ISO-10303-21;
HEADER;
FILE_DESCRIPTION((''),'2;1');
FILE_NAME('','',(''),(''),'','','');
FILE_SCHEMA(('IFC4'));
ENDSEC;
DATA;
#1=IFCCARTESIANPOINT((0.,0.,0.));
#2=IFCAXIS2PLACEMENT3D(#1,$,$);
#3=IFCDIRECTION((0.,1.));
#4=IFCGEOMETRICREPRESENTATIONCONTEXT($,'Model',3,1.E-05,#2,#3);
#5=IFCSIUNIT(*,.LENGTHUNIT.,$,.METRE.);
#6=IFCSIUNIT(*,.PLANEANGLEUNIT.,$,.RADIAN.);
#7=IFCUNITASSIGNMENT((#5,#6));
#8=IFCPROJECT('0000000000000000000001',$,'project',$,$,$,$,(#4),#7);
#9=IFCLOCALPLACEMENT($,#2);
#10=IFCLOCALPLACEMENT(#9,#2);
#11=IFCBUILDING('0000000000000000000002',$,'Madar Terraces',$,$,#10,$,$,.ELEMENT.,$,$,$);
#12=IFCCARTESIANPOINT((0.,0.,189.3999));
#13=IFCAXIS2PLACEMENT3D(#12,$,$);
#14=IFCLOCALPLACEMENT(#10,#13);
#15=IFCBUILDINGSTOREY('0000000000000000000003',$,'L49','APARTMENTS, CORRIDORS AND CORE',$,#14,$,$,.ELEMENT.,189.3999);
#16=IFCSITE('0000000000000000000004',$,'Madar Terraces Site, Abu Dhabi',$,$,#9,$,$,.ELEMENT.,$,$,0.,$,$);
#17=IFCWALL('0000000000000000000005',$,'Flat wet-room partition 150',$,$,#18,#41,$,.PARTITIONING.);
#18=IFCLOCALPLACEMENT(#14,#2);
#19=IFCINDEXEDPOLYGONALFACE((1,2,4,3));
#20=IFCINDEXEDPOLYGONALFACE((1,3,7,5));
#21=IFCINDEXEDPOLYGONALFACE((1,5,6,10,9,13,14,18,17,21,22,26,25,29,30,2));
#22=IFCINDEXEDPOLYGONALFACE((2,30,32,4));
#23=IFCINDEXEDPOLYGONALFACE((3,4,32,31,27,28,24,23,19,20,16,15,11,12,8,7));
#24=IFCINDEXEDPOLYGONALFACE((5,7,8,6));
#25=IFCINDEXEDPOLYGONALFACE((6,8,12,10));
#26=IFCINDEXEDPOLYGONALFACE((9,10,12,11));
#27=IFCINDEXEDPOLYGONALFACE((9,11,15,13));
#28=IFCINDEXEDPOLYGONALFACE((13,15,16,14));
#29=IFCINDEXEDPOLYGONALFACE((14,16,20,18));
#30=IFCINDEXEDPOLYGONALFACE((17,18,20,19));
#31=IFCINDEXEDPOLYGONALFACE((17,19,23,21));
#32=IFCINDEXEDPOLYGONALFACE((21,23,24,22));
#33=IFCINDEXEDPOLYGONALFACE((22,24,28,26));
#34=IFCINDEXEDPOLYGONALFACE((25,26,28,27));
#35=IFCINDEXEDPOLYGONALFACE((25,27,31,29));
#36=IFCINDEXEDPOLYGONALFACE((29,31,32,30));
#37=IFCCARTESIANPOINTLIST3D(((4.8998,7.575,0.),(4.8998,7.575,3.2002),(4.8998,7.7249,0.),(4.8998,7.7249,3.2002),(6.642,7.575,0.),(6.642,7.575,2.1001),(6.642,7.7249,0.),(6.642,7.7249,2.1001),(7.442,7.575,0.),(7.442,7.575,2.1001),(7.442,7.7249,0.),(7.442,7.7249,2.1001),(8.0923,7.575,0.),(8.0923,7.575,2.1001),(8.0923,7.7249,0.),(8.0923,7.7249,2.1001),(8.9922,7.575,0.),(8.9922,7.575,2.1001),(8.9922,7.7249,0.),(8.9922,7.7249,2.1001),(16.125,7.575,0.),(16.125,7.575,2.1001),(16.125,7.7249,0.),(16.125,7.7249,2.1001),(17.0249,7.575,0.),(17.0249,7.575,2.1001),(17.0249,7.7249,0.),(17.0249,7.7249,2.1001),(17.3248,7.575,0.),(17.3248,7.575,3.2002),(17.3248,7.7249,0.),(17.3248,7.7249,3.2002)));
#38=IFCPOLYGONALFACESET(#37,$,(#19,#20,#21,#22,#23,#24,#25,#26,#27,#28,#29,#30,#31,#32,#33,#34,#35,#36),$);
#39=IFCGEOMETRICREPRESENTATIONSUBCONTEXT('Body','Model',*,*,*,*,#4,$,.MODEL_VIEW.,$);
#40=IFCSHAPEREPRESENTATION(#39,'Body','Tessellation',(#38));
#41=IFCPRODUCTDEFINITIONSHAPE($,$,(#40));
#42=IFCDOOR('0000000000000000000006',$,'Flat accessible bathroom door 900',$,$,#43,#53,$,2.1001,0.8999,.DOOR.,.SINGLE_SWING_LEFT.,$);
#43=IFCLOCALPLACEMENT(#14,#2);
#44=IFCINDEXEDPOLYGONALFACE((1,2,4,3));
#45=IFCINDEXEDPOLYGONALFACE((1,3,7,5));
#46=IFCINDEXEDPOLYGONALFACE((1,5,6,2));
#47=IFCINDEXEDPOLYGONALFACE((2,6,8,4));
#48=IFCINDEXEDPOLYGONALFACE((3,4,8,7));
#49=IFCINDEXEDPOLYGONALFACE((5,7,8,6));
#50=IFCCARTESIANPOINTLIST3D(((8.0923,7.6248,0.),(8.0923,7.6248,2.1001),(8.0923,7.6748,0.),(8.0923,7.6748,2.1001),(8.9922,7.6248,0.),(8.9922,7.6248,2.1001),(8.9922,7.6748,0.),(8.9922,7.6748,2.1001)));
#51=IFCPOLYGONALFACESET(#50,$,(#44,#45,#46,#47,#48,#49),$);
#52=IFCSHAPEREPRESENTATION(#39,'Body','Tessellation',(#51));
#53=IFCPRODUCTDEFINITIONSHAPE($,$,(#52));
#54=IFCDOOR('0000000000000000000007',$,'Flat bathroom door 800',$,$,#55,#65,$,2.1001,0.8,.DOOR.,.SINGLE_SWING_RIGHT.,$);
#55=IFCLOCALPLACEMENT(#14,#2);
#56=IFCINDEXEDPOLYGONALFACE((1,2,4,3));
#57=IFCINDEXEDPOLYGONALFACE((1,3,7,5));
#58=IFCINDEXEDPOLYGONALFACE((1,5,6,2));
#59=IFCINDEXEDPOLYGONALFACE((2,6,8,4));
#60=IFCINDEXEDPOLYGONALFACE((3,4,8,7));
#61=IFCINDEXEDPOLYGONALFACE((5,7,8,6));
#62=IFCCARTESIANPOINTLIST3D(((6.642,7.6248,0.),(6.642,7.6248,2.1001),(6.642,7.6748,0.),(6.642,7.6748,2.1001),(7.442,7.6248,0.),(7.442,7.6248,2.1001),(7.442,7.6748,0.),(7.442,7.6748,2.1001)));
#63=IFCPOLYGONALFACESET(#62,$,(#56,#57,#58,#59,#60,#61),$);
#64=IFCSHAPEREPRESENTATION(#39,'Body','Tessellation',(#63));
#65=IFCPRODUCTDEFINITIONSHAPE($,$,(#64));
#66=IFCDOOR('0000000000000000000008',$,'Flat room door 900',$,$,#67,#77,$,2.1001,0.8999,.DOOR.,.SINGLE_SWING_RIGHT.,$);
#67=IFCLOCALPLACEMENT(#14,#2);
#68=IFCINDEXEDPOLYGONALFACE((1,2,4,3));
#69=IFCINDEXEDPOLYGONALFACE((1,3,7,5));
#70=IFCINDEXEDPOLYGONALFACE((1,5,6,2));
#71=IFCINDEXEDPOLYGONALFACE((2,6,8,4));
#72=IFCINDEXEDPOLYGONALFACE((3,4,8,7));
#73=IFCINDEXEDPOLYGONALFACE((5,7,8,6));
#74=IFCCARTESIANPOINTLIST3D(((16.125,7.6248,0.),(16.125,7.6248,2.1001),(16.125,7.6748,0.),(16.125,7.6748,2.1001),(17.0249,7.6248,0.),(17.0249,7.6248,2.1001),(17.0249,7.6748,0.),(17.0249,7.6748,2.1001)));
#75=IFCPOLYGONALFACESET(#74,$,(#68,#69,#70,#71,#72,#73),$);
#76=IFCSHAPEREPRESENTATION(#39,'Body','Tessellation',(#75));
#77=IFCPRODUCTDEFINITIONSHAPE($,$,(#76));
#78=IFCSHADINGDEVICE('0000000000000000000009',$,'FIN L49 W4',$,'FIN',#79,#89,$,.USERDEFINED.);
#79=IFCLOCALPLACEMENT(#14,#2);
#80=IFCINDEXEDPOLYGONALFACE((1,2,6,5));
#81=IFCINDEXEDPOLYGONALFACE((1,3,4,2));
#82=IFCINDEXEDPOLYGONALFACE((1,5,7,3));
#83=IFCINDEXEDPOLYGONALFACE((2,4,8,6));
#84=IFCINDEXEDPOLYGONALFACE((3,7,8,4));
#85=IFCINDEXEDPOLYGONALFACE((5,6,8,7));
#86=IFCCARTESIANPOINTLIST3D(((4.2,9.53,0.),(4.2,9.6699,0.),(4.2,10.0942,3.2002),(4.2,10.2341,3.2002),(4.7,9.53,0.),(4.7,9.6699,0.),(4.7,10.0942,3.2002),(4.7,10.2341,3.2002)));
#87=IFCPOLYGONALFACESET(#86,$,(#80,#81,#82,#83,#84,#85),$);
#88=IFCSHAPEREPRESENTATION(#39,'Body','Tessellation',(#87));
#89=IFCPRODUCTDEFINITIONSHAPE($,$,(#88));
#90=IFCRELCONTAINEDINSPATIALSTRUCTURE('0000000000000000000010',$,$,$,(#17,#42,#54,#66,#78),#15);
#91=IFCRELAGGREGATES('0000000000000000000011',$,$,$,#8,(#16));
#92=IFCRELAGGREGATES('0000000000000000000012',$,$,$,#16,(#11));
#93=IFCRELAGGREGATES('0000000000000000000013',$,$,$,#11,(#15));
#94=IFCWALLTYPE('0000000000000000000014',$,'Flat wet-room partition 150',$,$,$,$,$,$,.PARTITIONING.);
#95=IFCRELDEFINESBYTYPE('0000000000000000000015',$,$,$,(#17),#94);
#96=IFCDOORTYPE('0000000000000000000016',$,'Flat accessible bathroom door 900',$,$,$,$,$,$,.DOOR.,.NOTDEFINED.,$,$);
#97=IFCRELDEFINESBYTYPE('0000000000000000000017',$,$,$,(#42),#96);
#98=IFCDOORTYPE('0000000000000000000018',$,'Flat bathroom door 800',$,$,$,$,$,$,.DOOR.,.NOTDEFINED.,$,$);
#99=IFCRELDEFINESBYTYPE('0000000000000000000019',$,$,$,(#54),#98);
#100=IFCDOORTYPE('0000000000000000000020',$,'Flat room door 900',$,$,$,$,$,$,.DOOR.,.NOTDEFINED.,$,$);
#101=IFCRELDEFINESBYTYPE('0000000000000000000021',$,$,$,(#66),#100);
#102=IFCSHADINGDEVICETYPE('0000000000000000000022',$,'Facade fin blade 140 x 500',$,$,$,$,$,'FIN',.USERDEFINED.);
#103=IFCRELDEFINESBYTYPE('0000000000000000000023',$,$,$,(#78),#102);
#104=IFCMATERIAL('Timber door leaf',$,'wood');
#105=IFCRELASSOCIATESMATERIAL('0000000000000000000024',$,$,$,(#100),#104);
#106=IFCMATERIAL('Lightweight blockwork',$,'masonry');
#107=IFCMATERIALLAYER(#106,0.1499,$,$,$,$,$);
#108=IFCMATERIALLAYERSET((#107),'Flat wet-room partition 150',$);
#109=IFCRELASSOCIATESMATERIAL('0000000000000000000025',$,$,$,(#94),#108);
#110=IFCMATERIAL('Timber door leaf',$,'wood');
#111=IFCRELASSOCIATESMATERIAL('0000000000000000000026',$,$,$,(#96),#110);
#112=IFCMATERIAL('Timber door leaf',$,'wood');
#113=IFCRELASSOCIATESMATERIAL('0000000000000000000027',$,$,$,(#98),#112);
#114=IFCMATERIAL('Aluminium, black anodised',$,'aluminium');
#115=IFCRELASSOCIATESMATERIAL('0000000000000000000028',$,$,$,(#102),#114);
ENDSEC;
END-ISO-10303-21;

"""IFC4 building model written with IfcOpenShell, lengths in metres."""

from ifc_helpers import new_model, si_unit, direction, frame, frame_2d, origin, place, context, subcontext, project, spatial, polyline, rectangle, outline, extrude, material, layer, layer_set, type_object, element, fill, save


model = new_model("IFC4")

# Units and contexts
model_context = context("Model", 3, precision=1e-05, world=origin(), true_north=direction((0.0, 1.0)))
body_context = subcontext(model_context, "Body", "Model", "MODEL_VIEW")
ifc_project = project(units=[si_unit("LENGTHUNIT", "METRE"), si_unit("PLANEANGLEUNIT", "RADIAN")], contexts=[model_context])

# Site, building, storey
site_placement = place(None, origin())
site = spatial("IfcSite", under=ifc_project, at=site_placement, Name="Madar Terraces Site, Abu Dhabi", CompositionType="ELEMENT", RefElevation=0.0)
building_placement = place(site_placement, origin())
building = spatial("IfcBuilding", under=site, at=building_placement, Name="Madar Terraces", CompositionType="ELEMENT")
storey_placement = place(building_placement, frame((0.0, 0.0, 189.3999)))
storey = spatial("IfcBuildingStorey", under=building, at=storey_placement, Name="L49", Description="APARTMENTS, CORRIDORS AND CORE", CompositionType="ELEMENT", Elevation=189.3999)

# Shared definitions
ifc_material_1 = material(Name="Timber door leaf", Category="wood")
door_type_1 = type_object("IfcDoorType", Name="Flat room door 900", OperationType="NOTDEFINED", PredefinedType="DOOR", material=ifc_material_1)

# Shared definitions
ifc_material_2 = material(Name="Lightweight blockwork", Category="masonry")
ifc_layer_1 = layer(ifc_material_2, 0.1499)
ifc_layer_set_1 = layer_set([ifc_layer_1], Name="Flat wet-room partition 150")
wall_type_1 = type_object("IfcWallType", Name="Flat wet-room partition 150", PredefinedType="PARTITIONING", material=ifc_layer_set_1)

# Wall, openings, doors
wall_1_placement = place(storey_placement, frame((4.8999, 7.6499, 0.0), z_axis=(0.0, 0.0, 1.0), x_axis=(1.0, 0.0, 0.0)))
wall_1 = element("IfcWall", 1, at=wall_1_placement, inside=storey, type_object=wall_type_1, Name="Flat wet-room partition 150", PredefinedType="PARTITIONING", context=body_context, shape_type="SweptSolid", body=[
    extrude(rectangle(XDim=12.425, YDim=0.1499, at=frame_2d((6.2124, 0.0))), origin(), (0.0, 0.0, 1.0), 3.2002),
])
opening_1_placement = place(wall_1_placement, frame((11.2251, 0.0, 0.0)))
opening_1 = element("IfcOpeningElement", 2, at=opening_1_placement, cuts=wall_1, PredefinedType="OPENING", context=body_context, shape_type="SweptSolid", body=[
    extrude(rectangle(XDim=0.8999, YDim=2.1001, at=frame_2d((0.45, 1.05))), frame((0.0, 0.085, 0.0), z_axis=(0.0, -1.0, 0.0), x_axis=(1.0, 0.0, 0.0)), (0.0, 0.0, 1.0), 0.1699),
])
opening_2_placement = place(wall_1_placement, frame((3.1924, 0.0, 0.0)))
opening_2 = element("IfcOpeningElement", 3, at=opening_2_placement, cuts=wall_1, PredefinedType="OPENING", context=body_context, shape_type="SweptSolid", body=[
    extrude(rectangle(XDim=0.8999, YDim=2.1001, at=frame_2d((0.45, 1.05))), frame((0.0, 0.085, 0.0), z_axis=(0.0, -1.0, 0.0), x_axis=(1.0, 0.0, 0.0)), (0.0, 0.0, 1.0), 0.1699),
])
opening_3_placement = place(wall_1_placement, frame((1.7422, 0.0, 0.0)))
opening_3 = element("IfcOpeningElement", 4, at=opening_3_placement, cuts=wall_1, PredefinedType="OPENING", context=body_context, shape_type="SweptSolid", body=[
    extrude(rectangle(XDim=0.8, YDim=2.1001, at=frame_2d((0.3999, 1.05))), frame((0.0, 0.085, 0.0), z_axis=(0.0, -1.0, 0.0), x_axis=(1.0, 0.0, 0.0)), (0.0, 0.0, 1.0), 0.1699),
])
ifc_material_3 = material(Name="Timber door leaf", Category="wood")
door_type_2 = type_object("IfcDoorType", Name="Flat accessible bathroom door 900", OperationType="NOTDEFINED", PredefinedType="DOOR", material=ifc_material_3)
door_1_placement = place(opening_2_placement, origin())
door_1 = element("IfcDoor", 5, at=door_1_placement, inside=storey, type_object=door_type_2, Name="Flat accessible bathroom door 900", OperationType="SINGLE_SWING_LEFT", OverallHeight=2.1001, OverallWidth=0.8999, PredefinedType="DOOR", context=body_context, shape_type="SweptSolid", body=[
    extrude(rectangle(XDim=0.8999, YDim=2.1001, at=frame_2d((0.45, 1.05))), frame((0.0, 0.0249, 0.0), z_axis=(0.0, -1.0, 0.0), x_axis=(1.0, 0.0, 0.0)), (0.0, 0.0, 1.0), 0.05),
])
fill(opening_2, door_1)
ifc_material_4 = material(Name="Timber door leaf", Category="wood")
door_type_3 = type_object("IfcDoorType", Name="Flat bathroom door 800", OperationType="NOTDEFINED", PredefinedType="DOOR", material=ifc_material_4)
door_2_placement = place(opening_3_placement, origin())
door_2 = element("IfcDoor", 6, at=door_2_placement, inside=storey, type_object=door_type_3, Name="Flat bathroom door 800", OperationType="SINGLE_SWING_RIGHT", OverallHeight=2.1001, OverallWidth=0.8, PredefinedType="DOOR", context=body_context, shape_type="SweptSolid", body=[
    extrude(rectangle(XDim=0.8, YDim=2.1001, at=frame_2d((0.3999, 1.05))), frame((0.0, 0.0249, 0.0), z_axis=(0.0, -1.0, 0.0), x_axis=(1.0, 0.0, 0.0)), (0.0, 0.0, 1.0), 0.05),
])
fill(opening_3, door_2)
door_3_placement = place(opening_1_placement, origin())
door_3 = element("IfcDoor", 7, at=door_3_placement, inside=storey, type_object=door_type_1, Name="Flat room door 900", OperationType="SINGLE_SWING_RIGHT", OverallHeight=2.1001, OverallWidth=0.8999, PredefinedType="DOOR", context=body_context, shape_type="SweptSolid", body=[
    extrude(rectangle(XDim=0.8999, YDim=2.1001, at=frame_2d((0.45, 1.05))), frame((0.0, 0.0249, 0.0), z_axis=(0.0, -1.0, 0.0), x_axis=(1.0, 0.0, 0.0)), (0.0, 0.0, 1.0), 0.05),
])
fill(opening_1, door_3)

# Shading device
ifc_material_5 = material(Name="Aluminium, black anodised", Category="aluminium")
shading_device_type = type_object("IfcShadingDeviceType", Name="Facade fin blade 140 x 500", ElementType="FIN", PredefinedType="USERDEFINED", material=ifc_material_5)
shading_device_placement = place(storey_placement, frame((4.45, 9.6699, 0.0), z_axis=(0.0, 0.0, 1.0), x_axis=(0.0, -1.0, 0.0)))
element("IfcShadingDevice", 8, at=shading_device_placement, inside=storey, type_object=shading_device_type, Name="FIN L49 W4", ObjectType="FIN", PredefinedType="USERDEFINED", context=body_context, shape_type="SweptSolid", body=[
    extrude(outline(polyline([(0.0, 0.0), (0.1399, 0.0), (-0.4243, 3.2002), (-0.5642, 3.2002), (0.0, 0.0)])), frame((0.0, 0.25, 0.0), z_axis=(0.0, -1.0, 0.0), x_axis=(1.0, 0.0, 0.0)), (0.0, 0.0, 1.0), 0.5),
])

save(model, "model.ifc")
